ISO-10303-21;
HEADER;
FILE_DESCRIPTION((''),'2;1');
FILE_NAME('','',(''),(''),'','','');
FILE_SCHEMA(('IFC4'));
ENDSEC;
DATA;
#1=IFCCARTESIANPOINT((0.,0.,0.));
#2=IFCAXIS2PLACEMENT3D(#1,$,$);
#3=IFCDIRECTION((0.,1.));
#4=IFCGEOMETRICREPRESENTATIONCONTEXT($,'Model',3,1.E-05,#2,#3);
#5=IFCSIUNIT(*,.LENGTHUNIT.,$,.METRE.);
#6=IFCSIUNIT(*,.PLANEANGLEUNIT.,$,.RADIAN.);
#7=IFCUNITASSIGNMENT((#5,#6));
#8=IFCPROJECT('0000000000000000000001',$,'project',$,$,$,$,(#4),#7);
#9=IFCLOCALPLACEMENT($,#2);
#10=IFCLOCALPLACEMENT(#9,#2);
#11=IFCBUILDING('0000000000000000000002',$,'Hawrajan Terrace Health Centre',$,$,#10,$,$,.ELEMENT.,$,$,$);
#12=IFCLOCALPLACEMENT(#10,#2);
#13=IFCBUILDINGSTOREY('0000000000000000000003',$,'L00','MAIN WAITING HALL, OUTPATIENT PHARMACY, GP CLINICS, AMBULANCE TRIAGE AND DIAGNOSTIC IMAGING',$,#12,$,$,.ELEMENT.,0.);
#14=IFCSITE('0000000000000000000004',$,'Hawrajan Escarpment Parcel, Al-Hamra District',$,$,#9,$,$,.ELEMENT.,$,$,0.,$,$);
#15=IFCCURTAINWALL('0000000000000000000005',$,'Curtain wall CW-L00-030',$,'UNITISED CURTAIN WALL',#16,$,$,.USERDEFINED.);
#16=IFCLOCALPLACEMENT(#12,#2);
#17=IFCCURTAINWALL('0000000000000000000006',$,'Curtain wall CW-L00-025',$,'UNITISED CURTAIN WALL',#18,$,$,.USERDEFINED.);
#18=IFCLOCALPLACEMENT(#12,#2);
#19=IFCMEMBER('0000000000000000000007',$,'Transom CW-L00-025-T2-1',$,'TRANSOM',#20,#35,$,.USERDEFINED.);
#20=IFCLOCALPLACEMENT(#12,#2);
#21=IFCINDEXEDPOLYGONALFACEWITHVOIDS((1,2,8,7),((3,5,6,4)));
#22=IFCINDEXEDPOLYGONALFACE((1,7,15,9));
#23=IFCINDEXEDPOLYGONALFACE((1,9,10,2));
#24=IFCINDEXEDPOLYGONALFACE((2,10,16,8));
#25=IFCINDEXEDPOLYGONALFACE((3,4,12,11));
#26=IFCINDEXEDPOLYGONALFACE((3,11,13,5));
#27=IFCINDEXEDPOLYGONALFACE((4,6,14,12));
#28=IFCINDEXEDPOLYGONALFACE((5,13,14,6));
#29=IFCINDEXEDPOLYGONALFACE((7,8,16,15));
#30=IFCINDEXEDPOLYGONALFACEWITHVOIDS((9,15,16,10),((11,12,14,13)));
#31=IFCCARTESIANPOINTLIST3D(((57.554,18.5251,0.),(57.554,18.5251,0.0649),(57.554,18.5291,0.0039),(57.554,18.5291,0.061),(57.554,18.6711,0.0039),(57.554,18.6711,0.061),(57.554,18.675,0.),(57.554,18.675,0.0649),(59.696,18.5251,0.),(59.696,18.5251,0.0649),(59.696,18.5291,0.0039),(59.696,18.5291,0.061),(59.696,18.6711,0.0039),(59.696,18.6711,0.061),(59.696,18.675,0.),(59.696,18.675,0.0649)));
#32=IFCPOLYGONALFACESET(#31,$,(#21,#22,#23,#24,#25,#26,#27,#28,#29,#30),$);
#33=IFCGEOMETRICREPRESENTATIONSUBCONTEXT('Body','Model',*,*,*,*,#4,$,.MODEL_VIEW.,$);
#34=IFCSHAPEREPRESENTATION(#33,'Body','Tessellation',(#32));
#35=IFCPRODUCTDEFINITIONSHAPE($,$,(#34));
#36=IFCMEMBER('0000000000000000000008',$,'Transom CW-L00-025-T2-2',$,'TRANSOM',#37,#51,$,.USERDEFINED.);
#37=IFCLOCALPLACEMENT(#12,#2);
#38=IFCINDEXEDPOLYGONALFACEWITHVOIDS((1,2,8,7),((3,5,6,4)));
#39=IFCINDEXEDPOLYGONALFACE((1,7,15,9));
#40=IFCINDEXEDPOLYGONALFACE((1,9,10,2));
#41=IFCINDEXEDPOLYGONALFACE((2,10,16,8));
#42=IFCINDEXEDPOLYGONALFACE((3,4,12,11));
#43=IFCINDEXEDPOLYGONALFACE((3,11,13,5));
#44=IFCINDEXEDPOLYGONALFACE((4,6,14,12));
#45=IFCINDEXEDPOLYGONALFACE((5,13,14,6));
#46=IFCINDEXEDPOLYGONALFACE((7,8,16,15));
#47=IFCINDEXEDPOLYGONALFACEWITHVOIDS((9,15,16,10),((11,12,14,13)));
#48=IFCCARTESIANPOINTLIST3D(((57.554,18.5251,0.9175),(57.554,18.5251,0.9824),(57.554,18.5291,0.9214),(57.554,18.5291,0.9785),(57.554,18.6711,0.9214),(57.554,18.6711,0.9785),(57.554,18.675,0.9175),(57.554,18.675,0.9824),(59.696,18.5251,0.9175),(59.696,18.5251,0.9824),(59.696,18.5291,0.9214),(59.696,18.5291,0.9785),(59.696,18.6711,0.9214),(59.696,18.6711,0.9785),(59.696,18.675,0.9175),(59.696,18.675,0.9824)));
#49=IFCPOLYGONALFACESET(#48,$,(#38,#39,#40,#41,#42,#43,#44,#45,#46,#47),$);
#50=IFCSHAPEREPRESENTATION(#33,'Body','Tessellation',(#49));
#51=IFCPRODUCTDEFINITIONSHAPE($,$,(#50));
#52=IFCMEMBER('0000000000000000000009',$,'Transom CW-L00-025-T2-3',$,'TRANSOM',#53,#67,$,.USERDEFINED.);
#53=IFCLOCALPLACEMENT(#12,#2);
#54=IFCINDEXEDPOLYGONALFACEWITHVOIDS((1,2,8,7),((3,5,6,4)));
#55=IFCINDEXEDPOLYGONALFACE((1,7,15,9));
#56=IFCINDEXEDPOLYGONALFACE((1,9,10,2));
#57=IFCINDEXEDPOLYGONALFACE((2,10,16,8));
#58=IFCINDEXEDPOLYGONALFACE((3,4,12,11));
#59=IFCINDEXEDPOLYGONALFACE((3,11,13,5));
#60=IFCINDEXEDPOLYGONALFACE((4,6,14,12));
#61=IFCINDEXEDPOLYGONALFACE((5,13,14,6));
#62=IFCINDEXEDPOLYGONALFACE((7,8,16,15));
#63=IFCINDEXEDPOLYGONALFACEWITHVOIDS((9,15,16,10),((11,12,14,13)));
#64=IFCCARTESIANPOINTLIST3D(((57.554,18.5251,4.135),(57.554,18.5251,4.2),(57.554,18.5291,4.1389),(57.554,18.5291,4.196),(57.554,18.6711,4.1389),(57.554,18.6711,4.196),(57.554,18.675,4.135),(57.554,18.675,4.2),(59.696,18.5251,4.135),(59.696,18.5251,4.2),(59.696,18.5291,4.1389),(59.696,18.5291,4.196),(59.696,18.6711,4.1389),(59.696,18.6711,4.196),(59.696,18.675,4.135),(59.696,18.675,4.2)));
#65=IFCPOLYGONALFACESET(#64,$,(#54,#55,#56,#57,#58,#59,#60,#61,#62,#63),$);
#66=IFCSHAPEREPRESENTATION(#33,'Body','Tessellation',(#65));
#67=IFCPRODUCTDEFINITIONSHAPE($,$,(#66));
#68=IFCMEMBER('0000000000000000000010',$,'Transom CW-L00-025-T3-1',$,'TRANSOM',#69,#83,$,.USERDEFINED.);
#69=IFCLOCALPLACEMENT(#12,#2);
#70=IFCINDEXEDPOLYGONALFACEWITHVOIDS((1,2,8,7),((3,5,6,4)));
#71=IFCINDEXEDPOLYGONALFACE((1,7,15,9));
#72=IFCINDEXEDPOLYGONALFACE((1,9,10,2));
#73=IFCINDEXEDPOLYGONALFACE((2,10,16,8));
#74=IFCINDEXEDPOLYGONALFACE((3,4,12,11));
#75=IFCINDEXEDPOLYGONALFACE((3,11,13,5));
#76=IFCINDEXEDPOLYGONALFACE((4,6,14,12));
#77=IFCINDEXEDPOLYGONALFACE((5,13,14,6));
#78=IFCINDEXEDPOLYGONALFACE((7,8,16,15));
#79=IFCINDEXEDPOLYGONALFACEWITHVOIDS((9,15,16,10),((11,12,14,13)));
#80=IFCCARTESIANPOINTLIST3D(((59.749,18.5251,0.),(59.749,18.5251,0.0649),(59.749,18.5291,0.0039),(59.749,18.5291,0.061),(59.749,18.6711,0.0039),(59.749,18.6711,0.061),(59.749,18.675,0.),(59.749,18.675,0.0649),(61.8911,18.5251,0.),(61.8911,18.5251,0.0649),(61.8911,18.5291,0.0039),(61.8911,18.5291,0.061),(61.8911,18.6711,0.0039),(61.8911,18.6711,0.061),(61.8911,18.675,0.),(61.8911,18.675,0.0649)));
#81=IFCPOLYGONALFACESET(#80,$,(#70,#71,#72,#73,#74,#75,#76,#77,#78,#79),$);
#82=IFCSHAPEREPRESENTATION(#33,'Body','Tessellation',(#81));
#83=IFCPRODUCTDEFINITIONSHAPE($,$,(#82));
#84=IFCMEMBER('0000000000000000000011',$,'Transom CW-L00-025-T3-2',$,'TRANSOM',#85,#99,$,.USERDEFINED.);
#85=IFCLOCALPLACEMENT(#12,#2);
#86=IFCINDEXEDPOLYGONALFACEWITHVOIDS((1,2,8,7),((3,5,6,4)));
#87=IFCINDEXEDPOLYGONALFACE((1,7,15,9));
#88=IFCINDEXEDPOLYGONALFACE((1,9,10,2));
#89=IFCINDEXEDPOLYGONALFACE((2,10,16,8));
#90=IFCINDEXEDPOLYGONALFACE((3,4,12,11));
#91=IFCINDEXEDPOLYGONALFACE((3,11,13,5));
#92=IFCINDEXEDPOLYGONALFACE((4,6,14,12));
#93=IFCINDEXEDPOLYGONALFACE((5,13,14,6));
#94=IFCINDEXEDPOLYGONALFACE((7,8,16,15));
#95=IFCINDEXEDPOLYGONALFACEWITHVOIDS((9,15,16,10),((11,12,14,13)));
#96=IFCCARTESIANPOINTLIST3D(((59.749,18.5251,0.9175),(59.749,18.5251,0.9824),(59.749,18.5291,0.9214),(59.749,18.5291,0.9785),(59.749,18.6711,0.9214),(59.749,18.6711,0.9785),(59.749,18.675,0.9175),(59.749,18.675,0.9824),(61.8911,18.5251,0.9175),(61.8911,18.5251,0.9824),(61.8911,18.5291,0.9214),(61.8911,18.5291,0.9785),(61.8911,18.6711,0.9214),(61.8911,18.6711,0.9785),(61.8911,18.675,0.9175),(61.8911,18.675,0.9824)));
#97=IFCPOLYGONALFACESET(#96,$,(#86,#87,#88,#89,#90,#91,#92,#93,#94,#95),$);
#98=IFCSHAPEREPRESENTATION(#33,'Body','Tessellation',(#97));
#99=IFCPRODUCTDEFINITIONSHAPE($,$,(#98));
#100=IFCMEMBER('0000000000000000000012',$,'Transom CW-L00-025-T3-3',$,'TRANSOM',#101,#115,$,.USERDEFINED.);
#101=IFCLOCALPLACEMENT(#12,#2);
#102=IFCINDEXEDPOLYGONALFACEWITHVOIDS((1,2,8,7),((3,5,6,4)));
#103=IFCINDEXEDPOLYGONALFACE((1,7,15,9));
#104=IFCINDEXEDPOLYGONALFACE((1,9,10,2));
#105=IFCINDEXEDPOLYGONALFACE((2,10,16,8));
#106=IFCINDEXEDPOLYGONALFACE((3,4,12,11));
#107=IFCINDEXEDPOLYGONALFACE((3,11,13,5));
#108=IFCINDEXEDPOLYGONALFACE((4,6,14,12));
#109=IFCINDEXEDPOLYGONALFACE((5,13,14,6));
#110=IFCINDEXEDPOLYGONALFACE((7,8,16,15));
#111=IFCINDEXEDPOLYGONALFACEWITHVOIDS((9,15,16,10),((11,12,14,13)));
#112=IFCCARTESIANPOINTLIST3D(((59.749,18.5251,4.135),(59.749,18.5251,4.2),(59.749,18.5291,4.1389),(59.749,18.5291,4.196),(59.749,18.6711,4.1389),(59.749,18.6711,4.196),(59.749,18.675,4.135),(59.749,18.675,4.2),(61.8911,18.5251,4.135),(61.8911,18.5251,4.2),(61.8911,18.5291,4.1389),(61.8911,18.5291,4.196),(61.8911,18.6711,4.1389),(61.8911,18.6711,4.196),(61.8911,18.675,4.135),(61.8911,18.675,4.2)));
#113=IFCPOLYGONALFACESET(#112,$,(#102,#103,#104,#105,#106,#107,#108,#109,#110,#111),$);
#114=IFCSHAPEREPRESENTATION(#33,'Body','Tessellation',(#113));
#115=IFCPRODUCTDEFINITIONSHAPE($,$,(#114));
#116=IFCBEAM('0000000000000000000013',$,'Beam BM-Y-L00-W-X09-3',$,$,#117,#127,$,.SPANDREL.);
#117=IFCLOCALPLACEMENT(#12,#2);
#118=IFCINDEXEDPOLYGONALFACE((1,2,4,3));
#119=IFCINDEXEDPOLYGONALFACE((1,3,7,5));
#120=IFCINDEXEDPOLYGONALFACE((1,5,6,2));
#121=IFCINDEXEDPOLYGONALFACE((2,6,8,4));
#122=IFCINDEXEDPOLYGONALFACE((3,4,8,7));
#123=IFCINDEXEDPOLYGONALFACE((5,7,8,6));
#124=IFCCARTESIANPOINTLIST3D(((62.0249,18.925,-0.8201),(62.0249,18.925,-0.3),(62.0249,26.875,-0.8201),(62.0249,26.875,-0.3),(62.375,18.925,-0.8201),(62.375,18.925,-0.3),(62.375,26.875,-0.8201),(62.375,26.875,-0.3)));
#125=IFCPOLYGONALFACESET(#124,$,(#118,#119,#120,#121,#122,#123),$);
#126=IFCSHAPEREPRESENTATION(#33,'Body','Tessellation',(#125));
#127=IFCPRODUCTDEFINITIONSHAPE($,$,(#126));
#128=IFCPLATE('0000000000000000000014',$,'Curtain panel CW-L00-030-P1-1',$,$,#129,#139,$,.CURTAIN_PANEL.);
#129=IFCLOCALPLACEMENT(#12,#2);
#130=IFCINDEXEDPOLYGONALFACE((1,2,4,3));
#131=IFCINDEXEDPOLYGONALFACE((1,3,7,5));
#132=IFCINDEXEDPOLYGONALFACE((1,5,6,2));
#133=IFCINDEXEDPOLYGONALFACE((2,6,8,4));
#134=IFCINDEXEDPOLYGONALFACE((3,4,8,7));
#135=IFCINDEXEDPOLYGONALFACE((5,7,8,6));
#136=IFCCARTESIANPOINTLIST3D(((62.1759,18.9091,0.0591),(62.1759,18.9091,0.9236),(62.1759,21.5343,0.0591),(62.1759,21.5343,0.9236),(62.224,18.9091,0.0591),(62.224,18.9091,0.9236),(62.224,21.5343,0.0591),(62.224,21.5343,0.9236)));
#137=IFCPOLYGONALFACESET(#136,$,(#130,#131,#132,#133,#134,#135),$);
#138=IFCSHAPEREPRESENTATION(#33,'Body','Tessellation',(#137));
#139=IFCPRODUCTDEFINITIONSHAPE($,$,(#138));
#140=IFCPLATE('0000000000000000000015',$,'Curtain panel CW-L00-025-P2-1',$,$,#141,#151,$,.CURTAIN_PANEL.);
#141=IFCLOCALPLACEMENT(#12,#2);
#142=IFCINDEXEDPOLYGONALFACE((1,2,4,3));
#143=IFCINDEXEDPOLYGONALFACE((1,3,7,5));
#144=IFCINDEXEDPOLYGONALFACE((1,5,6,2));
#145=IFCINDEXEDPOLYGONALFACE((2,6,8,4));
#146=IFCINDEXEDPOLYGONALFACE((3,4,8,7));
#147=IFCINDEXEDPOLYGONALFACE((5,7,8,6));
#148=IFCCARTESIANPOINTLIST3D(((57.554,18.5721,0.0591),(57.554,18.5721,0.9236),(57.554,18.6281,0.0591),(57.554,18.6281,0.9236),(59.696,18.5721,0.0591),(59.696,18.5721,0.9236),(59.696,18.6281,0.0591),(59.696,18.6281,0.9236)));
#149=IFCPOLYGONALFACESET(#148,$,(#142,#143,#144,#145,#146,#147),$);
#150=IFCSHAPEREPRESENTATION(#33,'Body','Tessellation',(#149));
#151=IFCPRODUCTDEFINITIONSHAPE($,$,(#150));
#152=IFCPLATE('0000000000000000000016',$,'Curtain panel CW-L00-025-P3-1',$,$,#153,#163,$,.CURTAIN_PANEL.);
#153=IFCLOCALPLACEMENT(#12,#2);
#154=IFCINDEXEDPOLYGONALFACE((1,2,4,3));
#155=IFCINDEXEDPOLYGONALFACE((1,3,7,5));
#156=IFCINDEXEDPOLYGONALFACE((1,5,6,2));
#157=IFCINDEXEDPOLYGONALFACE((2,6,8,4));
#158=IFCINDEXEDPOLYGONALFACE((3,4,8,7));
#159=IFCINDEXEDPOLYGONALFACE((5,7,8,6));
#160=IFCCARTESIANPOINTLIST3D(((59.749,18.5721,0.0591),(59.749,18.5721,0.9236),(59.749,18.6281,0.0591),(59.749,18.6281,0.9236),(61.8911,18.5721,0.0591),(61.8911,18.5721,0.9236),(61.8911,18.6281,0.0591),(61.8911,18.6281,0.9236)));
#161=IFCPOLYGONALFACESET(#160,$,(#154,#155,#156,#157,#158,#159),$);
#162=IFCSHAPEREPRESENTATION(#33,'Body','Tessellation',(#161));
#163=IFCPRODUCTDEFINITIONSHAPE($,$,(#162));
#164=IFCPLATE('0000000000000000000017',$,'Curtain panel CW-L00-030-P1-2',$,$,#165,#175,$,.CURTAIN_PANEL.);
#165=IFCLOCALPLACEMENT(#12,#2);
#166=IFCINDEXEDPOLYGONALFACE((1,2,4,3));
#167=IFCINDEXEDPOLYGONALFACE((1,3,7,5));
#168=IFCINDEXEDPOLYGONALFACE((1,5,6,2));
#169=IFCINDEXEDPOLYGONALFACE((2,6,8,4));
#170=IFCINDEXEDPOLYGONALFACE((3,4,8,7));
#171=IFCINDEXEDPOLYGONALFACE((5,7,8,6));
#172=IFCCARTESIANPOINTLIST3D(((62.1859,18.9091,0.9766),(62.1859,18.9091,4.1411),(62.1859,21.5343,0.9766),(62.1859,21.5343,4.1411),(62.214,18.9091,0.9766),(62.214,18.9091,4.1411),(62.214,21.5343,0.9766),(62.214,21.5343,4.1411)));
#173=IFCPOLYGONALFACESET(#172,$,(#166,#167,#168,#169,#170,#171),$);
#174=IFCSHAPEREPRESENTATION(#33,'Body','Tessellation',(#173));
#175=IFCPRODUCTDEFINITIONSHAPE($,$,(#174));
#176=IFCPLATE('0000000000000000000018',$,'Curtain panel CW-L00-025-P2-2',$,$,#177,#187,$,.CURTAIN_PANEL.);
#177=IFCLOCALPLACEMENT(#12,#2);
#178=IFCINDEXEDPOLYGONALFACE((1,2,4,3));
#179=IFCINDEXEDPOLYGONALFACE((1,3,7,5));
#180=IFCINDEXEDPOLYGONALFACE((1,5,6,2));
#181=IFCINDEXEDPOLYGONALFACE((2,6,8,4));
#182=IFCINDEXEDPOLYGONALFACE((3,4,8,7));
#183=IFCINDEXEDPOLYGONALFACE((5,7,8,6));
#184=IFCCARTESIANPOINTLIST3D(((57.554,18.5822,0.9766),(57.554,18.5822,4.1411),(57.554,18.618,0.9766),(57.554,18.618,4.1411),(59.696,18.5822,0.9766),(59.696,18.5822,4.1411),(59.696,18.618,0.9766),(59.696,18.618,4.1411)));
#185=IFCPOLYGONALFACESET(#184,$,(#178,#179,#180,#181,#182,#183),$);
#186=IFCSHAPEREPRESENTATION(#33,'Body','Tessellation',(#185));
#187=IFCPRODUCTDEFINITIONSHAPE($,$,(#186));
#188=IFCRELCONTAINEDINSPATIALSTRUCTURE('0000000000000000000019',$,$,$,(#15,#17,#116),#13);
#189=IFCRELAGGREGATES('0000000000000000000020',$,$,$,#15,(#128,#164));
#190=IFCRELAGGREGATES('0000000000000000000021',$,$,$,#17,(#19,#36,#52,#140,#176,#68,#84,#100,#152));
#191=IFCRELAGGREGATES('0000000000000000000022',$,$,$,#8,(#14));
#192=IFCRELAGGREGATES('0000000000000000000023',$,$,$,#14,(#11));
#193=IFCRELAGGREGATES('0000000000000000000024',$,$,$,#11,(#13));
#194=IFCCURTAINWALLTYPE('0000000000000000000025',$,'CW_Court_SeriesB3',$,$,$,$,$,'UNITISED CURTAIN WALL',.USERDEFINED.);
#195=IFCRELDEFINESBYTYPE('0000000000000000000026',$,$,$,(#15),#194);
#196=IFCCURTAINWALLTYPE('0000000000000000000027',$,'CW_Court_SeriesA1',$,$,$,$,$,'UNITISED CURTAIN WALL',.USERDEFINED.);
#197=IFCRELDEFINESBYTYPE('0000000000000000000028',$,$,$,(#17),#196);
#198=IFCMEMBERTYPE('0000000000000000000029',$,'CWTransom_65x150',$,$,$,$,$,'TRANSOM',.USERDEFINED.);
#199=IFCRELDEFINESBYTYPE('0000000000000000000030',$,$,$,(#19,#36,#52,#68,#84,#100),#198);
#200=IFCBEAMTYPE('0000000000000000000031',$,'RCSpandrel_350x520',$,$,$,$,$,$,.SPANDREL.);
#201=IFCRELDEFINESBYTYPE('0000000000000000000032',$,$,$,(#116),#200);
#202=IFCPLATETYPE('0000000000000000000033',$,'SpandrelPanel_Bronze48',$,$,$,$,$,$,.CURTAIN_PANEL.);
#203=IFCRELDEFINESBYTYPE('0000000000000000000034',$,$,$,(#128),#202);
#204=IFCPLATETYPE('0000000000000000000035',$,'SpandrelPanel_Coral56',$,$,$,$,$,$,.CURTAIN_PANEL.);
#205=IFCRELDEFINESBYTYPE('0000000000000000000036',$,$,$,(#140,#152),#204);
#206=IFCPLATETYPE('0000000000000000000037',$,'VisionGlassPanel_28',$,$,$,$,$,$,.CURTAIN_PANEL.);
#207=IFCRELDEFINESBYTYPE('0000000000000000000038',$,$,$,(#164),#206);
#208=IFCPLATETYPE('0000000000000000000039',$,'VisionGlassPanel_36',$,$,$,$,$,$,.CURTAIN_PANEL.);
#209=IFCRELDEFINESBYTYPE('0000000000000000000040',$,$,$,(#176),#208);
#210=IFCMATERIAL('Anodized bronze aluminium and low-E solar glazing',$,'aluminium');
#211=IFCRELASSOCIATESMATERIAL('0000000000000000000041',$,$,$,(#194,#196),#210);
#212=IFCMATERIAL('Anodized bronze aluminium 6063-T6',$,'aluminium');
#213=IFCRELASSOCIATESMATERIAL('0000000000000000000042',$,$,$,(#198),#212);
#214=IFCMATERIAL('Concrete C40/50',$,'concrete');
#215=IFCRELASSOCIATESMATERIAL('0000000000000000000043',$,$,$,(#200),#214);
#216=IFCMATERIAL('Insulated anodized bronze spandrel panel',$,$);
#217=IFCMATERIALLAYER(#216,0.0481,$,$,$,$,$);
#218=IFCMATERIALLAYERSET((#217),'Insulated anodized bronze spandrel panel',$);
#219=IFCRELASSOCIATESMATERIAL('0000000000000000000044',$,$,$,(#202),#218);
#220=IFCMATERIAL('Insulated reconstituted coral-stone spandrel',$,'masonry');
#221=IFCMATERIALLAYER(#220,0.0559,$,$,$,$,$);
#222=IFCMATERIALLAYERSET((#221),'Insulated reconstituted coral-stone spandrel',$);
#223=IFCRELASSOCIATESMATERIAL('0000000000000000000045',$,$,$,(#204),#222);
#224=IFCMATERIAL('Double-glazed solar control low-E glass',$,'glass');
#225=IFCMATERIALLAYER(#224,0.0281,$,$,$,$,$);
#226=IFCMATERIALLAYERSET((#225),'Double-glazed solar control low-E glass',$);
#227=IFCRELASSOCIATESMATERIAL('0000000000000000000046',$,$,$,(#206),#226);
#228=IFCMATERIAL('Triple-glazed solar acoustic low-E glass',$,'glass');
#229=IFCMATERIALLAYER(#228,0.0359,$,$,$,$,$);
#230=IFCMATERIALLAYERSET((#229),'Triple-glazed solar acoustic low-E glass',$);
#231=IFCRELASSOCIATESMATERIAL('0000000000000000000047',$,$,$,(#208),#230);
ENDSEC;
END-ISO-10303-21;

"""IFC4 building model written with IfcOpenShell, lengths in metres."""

from ifc_helpers import new_model, si_unit, direction, frame, origin, origin_2d, place, context, subcontext, project, spatial, rectangle, hollow_rectangle, extrude, material, layer, layer_set, material_profile, profile_set, type_object, element, aggregate, save


model = new_model("IFC4")

# Units and contexts
model_context = context("Model", 3, precision=1e-05, world=origin(), true_north=direction((0.0, 1.0)))
body_context = subcontext(model_context, "Body", "Model", "MODEL_VIEW")
ifc_project = project(units=[si_unit("LENGTHUNIT", "METRE"), si_unit("PLANEANGLEUNIT", "RADIAN")], contexts=[model_context])

# Site, building, storey
site_placement = place(None, origin())
site = spatial("IfcSite", under=ifc_project, at=site_placement, Name="Hawrajan Escarpment Parcel, Al-Hamra District", CompositionType="ELEMENT", RefElevation=0.0)
building_placement = place(site_placement, origin())
building = spatial("IfcBuilding", under=site, at=building_placement, Name="Hawrajan Terrace Health Centre", CompositionType="ELEMENT")
storey_placement = place(building_placement, origin())
storey = spatial("IfcBuildingStorey", under=building, at=storey_placement, Name="L00", Description="MAIN WAITING HALL, OUTPATIENT PHARMACY, GP CLINICS, AMBULANCE TRIAGE AND DIAGNOSTIC IMAGING", CompositionType="ELEMENT", Elevation=0.0)

# Shared definitions
ifc_material_1 = material(Name="Concrete C40/50", Category="concrete")

# Curtain walls
ifc_material_2 = material(Name="Anodized bronze aluminium and low-E solar glazing", Category="aluminium")
curtain_wall_type_1 = type_object("IfcCurtainWallType", Name="CW_Court_SeriesB3", ElementType="UNITISED CURTAIN WALL", PredefinedType="USERDEFINED", material=ifc_material_2)
curtain_wall_1_placement = place(storey_placement, origin())
curtain_wall_1 = element("IfcCurtainWall", 1, at=curtain_wall_1_placement, inside=storey, type_object=curtain_wall_type_1, Name="Curtain wall CW-L00-030", ObjectType="UNITISED CURTAIN WALL", PredefinedType="USERDEFINED")
ifc_material_3 = material(Name="Anodized bronze aluminium 6063-T6", Category="aluminium")
curtain_wall_type_2 = type_object("IfcCurtainWallType", Name="CW_Court_SeriesA1", ElementType="UNITISED CURTAIN WALL", PredefinedType="USERDEFINED", material=ifc_material_2)
curtain_wall_2_placement = place(storey_placement, origin())
curtain_wall_2 = element("IfcCurtainWall", 2, at=curtain_wall_2_placement, inside=storey, type_object=curtain_wall_type_2, Name="Curtain wall CW-L00-025", ObjectType="UNITISED CURTAIN WALL", PredefinedType="USERDEFINED")

# Members
ifc_material_profile_1 = material_profile(ifc_material_3, hollow_rectangle(XDim=0.0649, YDim=0.1499, WallThickness=0.0039, at=origin_2d()), Name="CW TRN 65x150")
ifc_profile_set_1 = profile_set([ifc_material_profile_1], Name="Anodized bronze aluminium 6063-T6")
member_type_1 = type_object("IfcMemberType", Name="CWTransom_65x150", ElementType="TRANSOM", PredefinedType="USERDEFINED", material=ifc_profile_set_1)
member_1_placement = place(storey_placement, frame((57.554, 18.6001, 0.0325), z_axis=(1.0, 0.0, 0.0), x_axis=(0.0, 0.0, 1.0)))
member_1 = element("IfcMember", 3, at=member_1_placement, type_object=member_type_1, Name="Transom CW-L00-025-T2-1", ObjectType="TRANSOM", PredefinedType="USERDEFINED", context=body_context, shape_type="SweptSolid", body=[
    extrude(hollow_rectangle(XDim=0.0649, YDim=0.1499, WallThickness=0.0039, at=origin_2d()), origin(), (0.0, 0.0, 1.0), 2.1421),
])
member_2_placement = place(storey_placement, frame((57.554, 18.6001, 0.95), z_axis=(1.0, 0.0, 0.0), x_axis=(0.0, 0.0, 1.0)))
member_2 = element("IfcMember", 4, at=member_2_placement, type_object=member_type_1, Name="Transom CW-L00-025-T2-2", ObjectType="TRANSOM", PredefinedType="USERDEFINED", context=body_context, shape_type="SweptSolid", body=[
    extrude(hollow_rectangle(XDim=0.0649, YDim=0.1499, WallThickness=0.0039, at=origin_2d()), origin(), (0.0, 0.0, 1.0), 2.1421),
])
member_3_placement = place(storey_placement, frame((57.554, 18.6001, 4.1675), z_axis=(1.0, 0.0, 0.0), x_axis=(0.0, 0.0, 1.0)))
member_3 = element("IfcMember", 5, at=member_3_placement, type_object=member_type_1, Name="Transom CW-L00-025-T2-3", ObjectType="TRANSOM", PredefinedType="USERDEFINED", context=body_context, shape_type="SweptSolid", body=[
    extrude(hollow_rectangle(XDim=0.0649, YDim=0.1499, WallThickness=0.0039, at=origin_2d()), origin(), (0.0, 0.0, 1.0), 2.1421),
])
member_4_placement = place(storey_placement, frame((59.749, 18.6001, 0.0325), z_axis=(1.0, 0.0, 0.0), x_axis=(0.0, 0.0, 1.0)))
member_4 = element("IfcMember", 6, at=member_4_placement, type_object=member_type_1, Name="Transom CW-L00-025-T3-1", ObjectType="TRANSOM", PredefinedType="USERDEFINED", context=body_context, shape_type="SweptSolid", body=[
    extrude(hollow_rectangle(XDim=0.0649, YDim=0.1499, WallThickness=0.0039, at=origin_2d()), origin(), (0.0, 0.0, 1.0), 2.1421),
])
member_5_placement = place(storey_placement, frame((59.749, 18.6001, 0.95), z_axis=(1.0, 0.0, 0.0), x_axis=(0.0, 0.0, 1.0)))
member_5 = element("IfcMember", 7, at=member_5_placement, type_object=member_type_1, Name="Transom CW-L00-025-T3-2", ObjectType="TRANSOM", PredefinedType="USERDEFINED", context=body_context, shape_type="SweptSolid", body=[
    extrude(hollow_rectangle(XDim=0.0649, YDim=0.1499, WallThickness=0.0039, at=origin_2d()), origin(), (0.0, 0.0, 1.0), 2.1421),
])
member_6_placement = place(storey_placement, frame((59.749, 18.6001, 4.1675), z_axis=(1.0, 0.0, 0.0), x_axis=(0.0, 0.0, 1.0)))
member_6 = element("IfcMember", 8, at=member_6_placement, type_object=member_type_1, Name="Transom CW-L00-025-T3-3", ObjectType="TRANSOM", PredefinedType="USERDEFINED", context=body_context, shape_type="SweptSolid", body=[
    extrude(hollow_rectangle(XDim=0.0649, YDim=0.1499, WallThickness=0.0039, at=origin_2d()), origin(), (0.0, 0.0, 1.0), 2.1421),
])

# Beam
ifc_material_profile_2 = material_profile(ifc_material_1, rectangle(XDim=0.3501, YDim=0.52, at=origin_2d()), Name="RC SP 350x520")
ifc_profile_set_2 = profile_set([ifc_material_profile_2], Name="Concrete C40/50")
beam_type = type_object("IfcBeamType", Name="RCSpandrel_350x520", PredefinedType="SPANDREL", material=ifc_profile_set_2)
beam_placement = place(storey_placement, frame((62.2, 18.925, -0.5601), z_axis=(0.0, 1.0, 0.0), x_axis=(-1.0, 0.0, 0.0)))
element("IfcBeam", 9, at=beam_placement, inside=storey, type_object=beam_type, Name="Beam BM-Y-L00-W-X09-3", PredefinedType="SPANDREL", context=body_context, shape_type="SweptSolid", body=[
    extrude(rectangle(XDim=0.3501, YDim=0.52, at=origin_2d()), origin(), (0.0, 0.0, 1.0), 7.95),
])

# Plates
ifc_material_4 = material(Name="Insulated anodized bronze spandrel panel")
ifc_layer_1 = layer(ifc_material_4, 0.0481)
ifc_layer_set_1 = layer_set([ifc_layer_1], Name="Insulated anodized bronze spandrel panel")
plate_type_1 = type_object("IfcPlateType", Name="SpandrelPanel_Bronze48", PredefinedType="CURTAIN_PANEL", material=ifc_layer_set_1)
plate_1_placement = place(storey_placement, frame((62.2, 20.2217, 0.0591), z_axis=(0.0, 0.0, 1.0), x_axis=(0.0, 1.0, 0.0)))
plate_1 = element("IfcPlate", 10, at=plate_1_placement, type_object=plate_type_1, Name="Curtain panel CW-L00-030-P1-1", PredefinedType="CURTAIN_PANEL", context=body_context, shape_type="SweptSolid", body=[
    extrude(rectangle(XDim=2.6252, YDim=0.0481, at=origin_2d()), origin(), (0.0, 0.0, 1.0), 0.8645),
])
ifc_material_5 = material(Name="Insulated reconstituted coral-stone spandrel", Category="masonry")
ifc_layer_2 = layer(ifc_material_5, 0.0559)
ifc_layer_set_2 = layer_set([ifc_layer_2], Name="Insulated reconstituted coral-stone spandrel")
plate_type_2 = type_object("IfcPlateType", Name="SpandrelPanel_Coral56", PredefinedType="CURTAIN_PANEL", material=ifc_layer_set_2)
plate_2_placement = place(storey_placement, frame((58.625, 18.6001, 0.0591), z_axis=(0.0, 0.0, 1.0), x_axis=(1.0, 0.0, 0.0)))
plate_2 = element("IfcPlate", 11, at=plate_2_placement, type_object=plate_type_2, Name="Curtain panel CW-L00-025-P2-1", PredefinedType="CURTAIN_PANEL", context=body_context, shape_type="SweptSolid", body=[
    extrude(rectangle(XDim=2.1421, YDim=0.0559, at=origin_2d()), origin(), (0.0, 0.0, 1.0), 0.8645),
])
plate_3_placement = place(storey_placement, frame((60.8201, 18.6001, 0.0591), z_axis=(0.0, 0.0, 1.0), x_axis=(1.0, 0.0, 0.0)))
plate_3 = element("IfcPlate", 12, at=plate_3_placement, type_object=plate_type_2, Name="Curtain panel CW-L00-025-P3-1", PredefinedType="CURTAIN_PANEL", context=body_context, shape_type="SweptSolid", body=[
    extrude(rectangle(XDim=2.1421, YDim=0.0559, at=origin_2d()), origin(), (0.0, 0.0, 1.0), 0.8645),
])
ifc_material_6 = material(Name="Double-glazed solar control low-E glass", Category="glass")
ifc_layer_3 = layer(ifc_material_6, 0.0281)
ifc_layer_set_3 = layer_set([ifc_layer_3], Name="Double-glazed solar control low-E glass")
plate_type_3 = type_object("IfcPlateType", Name="VisionGlassPanel_28", PredefinedType="CURTAIN_PANEL", material=ifc_layer_set_3)
plate_4_placement = place(storey_placement, frame((62.2, 20.2217, 0.9766), z_axis=(0.0, 0.0, 1.0), x_axis=(0.0, 1.0, 0.0)))
plate_4 = element("IfcPlate", 13, at=plate_4_placement, type_object=plate_type_3, Name="Curtain panel CW-L00-030-P1-2", PredefinedType="CURTAIN_PANEL", context=body_context, shape_type="SweptSolid", body=[
    extrude(rectangle(XDim=2.6252, YDim=0.0281, at=origin_2d()), origin(), (0.0, 0.0, 1.0), 3.1646),
])
aggregate(curtain_wall_1, [plate_1, plate_4])
ifc_material_7 = material(Name="Triple-glazed solar acoustic low-E glass", Category="glass")
ifc_layer_4 = layer(ifc_material_7, 0.0359)
ifc_layer_set_4 = layer_set([ifc_layer_4], Name="Triple-glazed solar acoustic low-E glass")
plate_type_4 = type_object("IfcPlateType", Name="VisionGlassPanel_36", PredefinedType="CURTAIN_PANEL", material=ifc_layer_set_4)
plate_5_placement = place(storey_placement, frame((58.625, 18.6001, 0.9766), z_axis=(0.0, 0.0, 1.0), x_axis=(1.0, 0.0, 0.0)))
plate_5 = element("IfcPlate", 14, at=plate_5_placement, type_object=plate_type_4, Name="Curtain panel CW-L00-025-P2-2", PredefinedType="CURTAIN_PANEL", context=body_context, shape_type="SweptSolid", body=[
    extrude(rectangle(XDim=2.1421, YDim=0.0359, at=origin_2d()), origin(), (0.0, 0.0, 1.0), 3.1646),
])
aggregate(curtain_wall_2, [member_1, member_2, member_3, plate_2, plate_5, member_4, member_5, member_6, plate_3])

save(model, "model.ifc")
